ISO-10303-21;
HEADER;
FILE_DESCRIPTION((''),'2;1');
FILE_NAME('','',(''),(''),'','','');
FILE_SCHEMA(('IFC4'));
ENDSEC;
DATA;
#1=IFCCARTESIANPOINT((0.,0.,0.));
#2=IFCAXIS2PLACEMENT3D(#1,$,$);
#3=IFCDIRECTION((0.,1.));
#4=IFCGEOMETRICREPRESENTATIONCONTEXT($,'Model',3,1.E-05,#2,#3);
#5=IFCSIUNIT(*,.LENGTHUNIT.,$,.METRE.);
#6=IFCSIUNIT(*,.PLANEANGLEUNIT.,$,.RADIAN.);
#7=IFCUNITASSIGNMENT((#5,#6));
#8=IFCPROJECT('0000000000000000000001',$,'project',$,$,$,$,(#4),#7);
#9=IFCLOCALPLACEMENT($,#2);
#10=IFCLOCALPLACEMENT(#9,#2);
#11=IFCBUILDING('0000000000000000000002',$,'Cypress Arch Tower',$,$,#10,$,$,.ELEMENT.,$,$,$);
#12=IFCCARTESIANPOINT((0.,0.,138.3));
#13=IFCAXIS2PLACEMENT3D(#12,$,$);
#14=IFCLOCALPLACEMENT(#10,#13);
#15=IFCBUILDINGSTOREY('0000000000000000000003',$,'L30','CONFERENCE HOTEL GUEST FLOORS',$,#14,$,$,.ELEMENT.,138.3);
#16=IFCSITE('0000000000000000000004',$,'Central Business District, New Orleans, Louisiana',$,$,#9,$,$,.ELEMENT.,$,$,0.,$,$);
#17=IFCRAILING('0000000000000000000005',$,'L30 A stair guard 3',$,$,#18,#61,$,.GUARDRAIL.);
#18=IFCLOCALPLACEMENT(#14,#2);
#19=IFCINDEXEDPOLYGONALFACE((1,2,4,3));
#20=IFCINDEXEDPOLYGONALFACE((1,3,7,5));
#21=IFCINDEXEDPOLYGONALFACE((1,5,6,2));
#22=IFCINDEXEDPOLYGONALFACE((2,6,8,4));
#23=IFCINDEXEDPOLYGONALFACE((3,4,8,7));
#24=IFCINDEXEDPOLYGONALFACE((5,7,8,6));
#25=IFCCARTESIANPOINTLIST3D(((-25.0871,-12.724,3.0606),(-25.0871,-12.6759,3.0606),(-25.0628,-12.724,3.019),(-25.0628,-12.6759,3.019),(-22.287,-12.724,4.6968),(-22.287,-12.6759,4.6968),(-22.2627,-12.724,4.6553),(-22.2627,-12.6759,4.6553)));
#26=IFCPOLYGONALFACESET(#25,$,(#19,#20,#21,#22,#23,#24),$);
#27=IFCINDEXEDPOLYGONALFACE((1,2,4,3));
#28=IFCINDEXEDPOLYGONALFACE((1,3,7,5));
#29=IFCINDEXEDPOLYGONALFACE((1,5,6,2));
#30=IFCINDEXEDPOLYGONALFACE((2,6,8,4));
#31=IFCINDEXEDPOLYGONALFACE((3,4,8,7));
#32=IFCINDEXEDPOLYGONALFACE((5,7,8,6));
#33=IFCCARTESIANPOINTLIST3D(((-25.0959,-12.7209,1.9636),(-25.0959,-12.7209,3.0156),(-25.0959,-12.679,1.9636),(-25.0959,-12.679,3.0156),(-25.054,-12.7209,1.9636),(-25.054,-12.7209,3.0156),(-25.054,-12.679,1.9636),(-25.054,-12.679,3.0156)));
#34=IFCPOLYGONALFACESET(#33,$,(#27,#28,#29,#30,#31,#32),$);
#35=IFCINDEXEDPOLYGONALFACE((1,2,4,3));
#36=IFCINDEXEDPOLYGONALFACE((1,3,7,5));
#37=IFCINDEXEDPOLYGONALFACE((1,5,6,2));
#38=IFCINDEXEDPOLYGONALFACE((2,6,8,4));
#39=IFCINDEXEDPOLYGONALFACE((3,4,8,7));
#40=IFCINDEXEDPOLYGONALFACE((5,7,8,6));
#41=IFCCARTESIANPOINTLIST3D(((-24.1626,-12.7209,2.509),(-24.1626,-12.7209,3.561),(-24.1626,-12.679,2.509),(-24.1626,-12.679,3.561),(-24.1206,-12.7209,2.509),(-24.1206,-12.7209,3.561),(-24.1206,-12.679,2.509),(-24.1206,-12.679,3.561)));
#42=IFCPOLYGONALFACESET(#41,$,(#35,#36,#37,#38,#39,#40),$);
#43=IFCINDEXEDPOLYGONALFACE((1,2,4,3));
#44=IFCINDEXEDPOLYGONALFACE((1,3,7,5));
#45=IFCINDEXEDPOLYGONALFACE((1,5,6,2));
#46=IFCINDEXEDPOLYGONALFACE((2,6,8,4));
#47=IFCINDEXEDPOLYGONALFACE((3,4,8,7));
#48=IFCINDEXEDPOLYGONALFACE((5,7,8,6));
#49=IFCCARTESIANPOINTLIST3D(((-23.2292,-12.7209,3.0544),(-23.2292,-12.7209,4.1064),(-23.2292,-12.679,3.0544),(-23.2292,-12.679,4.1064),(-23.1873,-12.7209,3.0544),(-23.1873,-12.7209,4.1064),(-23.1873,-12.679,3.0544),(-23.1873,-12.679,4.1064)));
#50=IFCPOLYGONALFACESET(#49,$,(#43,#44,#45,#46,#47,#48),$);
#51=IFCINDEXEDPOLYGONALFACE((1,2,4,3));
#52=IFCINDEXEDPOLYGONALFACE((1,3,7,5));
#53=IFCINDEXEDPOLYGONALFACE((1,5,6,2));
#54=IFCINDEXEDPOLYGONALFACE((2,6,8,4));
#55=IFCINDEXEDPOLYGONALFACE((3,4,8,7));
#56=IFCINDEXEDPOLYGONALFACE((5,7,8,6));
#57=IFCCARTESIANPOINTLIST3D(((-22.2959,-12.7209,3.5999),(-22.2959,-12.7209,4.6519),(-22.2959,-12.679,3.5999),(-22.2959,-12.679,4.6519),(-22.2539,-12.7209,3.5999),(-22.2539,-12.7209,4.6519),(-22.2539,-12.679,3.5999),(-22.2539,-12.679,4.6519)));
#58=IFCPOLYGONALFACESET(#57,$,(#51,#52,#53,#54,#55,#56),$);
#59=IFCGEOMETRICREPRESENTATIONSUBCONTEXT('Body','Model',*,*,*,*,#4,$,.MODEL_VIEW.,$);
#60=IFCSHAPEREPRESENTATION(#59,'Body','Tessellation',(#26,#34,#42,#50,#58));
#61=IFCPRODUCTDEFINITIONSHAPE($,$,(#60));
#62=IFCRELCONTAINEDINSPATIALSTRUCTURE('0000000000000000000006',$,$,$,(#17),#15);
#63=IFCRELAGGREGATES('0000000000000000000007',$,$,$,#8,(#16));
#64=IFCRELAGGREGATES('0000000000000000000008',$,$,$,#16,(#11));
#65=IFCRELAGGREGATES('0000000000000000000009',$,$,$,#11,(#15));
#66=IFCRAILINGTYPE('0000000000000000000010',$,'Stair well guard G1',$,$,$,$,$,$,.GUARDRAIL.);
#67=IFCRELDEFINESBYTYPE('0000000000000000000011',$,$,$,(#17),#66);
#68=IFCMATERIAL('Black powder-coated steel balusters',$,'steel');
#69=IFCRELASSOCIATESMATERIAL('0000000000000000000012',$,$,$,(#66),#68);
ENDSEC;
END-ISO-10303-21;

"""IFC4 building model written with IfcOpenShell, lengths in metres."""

from ifc_helpers import new_model, si_unit, direction, frame, origin, origin_2d, place, context, subcontext, project, spatial, rectangle, extrude, material, type_object, element, save


model = new_model("IFC4")

# Units and contexts
model_context = context("Model", 3, precision=1e-05, world=origin(), true_north=direction((0.0, 1.0)))
body_context = subcontext(model_context, "Body", "Model", "MODEL_VIEW")
ifc_project = project(units=[si_unit("LENGTHUNIT", "METRE"), si_unit("PLANEANGLEUNIT", "RADIAN")], contexts=[model_context])

# Site, building, storey
site_placement = place(None, origin())
site = spatial("IfcSite", under=ifc_project, at=site_placement, Name="Central Business District, New Orleans, Louisiana", CompositionType="ELEMENT", RefElevation=0.0)
building_placement = place(site_placement, origin())
building = spatial("IfcBuilding", under=site, at=building_placement, Name="Cypress Arch Tower", CompositionType="ELEMENT")
storey_placement = place(building_placement, frame((0.0, 0.0, 138.3)))
storey = spatial("IfcBuildingStorey", under=building, at=storey_placement, Name="L30", Description="CONFERENCE HOTEL GUEST FLOORS", CompositionType="ELEMENT", Elevation=138.3)

# Railing
ifc_material_1 = material(Name="Black powder-coated steel balusters", Category="steel")
railing_type_1 = type_object("IfcRailingType", Name="Stair well guard G1", PredefinedType="GUARDRAIL", material=ifc_material_1)
railing_1_placement = place(storey_placement, frame((-25.075, -12.7, 1.9636)))
element("IfcRailing", 1, at=railing_1_placement, inside=storey, type_object=railing_type_1, Name="L30 A stair guard 3", PredefinedType="GUARDRAIL", context=body_context, shape_type="SweptSolid", body=[
    extrude(rectangle(XDim=0.0481, YDim=0.0481, at=origin_2d()), frame((0.0, 0.0, 1.0762), z_axis=(0.863394, 0.0, 0.504531), x_axis=(0.0, 1.0, 0.0)), (0.0, 0.0, 1.0), 3.2432),
    extrude(rectangle(XDim=0.042, YDim=0.042, at=origin_2d()), origin(), (0.0, 0.0, 1.0), 1.052),
    extrude(rectangle(XDim=0.042, YDim=0.042, at=origin_2d()), frame((0.9333, 0.0, 0.5454)), (0.0, 0.0, 1.0), 1.052),
    extrude(rectangle(XDim=0.042, YDim=0.042, at=origin_2d()), frame((1.8667, 0.0, 1.0908)), (0.0, 0.0, 1.0), 1.052),
    extrude(rectangle(XDim=0.042, YDim=0.042, at=origin_2d()), frame((2.8, 0.0, 1.6362)), (0.0, 0.0, 1.0), 1.052),
])

save(model, "model.ifc")
